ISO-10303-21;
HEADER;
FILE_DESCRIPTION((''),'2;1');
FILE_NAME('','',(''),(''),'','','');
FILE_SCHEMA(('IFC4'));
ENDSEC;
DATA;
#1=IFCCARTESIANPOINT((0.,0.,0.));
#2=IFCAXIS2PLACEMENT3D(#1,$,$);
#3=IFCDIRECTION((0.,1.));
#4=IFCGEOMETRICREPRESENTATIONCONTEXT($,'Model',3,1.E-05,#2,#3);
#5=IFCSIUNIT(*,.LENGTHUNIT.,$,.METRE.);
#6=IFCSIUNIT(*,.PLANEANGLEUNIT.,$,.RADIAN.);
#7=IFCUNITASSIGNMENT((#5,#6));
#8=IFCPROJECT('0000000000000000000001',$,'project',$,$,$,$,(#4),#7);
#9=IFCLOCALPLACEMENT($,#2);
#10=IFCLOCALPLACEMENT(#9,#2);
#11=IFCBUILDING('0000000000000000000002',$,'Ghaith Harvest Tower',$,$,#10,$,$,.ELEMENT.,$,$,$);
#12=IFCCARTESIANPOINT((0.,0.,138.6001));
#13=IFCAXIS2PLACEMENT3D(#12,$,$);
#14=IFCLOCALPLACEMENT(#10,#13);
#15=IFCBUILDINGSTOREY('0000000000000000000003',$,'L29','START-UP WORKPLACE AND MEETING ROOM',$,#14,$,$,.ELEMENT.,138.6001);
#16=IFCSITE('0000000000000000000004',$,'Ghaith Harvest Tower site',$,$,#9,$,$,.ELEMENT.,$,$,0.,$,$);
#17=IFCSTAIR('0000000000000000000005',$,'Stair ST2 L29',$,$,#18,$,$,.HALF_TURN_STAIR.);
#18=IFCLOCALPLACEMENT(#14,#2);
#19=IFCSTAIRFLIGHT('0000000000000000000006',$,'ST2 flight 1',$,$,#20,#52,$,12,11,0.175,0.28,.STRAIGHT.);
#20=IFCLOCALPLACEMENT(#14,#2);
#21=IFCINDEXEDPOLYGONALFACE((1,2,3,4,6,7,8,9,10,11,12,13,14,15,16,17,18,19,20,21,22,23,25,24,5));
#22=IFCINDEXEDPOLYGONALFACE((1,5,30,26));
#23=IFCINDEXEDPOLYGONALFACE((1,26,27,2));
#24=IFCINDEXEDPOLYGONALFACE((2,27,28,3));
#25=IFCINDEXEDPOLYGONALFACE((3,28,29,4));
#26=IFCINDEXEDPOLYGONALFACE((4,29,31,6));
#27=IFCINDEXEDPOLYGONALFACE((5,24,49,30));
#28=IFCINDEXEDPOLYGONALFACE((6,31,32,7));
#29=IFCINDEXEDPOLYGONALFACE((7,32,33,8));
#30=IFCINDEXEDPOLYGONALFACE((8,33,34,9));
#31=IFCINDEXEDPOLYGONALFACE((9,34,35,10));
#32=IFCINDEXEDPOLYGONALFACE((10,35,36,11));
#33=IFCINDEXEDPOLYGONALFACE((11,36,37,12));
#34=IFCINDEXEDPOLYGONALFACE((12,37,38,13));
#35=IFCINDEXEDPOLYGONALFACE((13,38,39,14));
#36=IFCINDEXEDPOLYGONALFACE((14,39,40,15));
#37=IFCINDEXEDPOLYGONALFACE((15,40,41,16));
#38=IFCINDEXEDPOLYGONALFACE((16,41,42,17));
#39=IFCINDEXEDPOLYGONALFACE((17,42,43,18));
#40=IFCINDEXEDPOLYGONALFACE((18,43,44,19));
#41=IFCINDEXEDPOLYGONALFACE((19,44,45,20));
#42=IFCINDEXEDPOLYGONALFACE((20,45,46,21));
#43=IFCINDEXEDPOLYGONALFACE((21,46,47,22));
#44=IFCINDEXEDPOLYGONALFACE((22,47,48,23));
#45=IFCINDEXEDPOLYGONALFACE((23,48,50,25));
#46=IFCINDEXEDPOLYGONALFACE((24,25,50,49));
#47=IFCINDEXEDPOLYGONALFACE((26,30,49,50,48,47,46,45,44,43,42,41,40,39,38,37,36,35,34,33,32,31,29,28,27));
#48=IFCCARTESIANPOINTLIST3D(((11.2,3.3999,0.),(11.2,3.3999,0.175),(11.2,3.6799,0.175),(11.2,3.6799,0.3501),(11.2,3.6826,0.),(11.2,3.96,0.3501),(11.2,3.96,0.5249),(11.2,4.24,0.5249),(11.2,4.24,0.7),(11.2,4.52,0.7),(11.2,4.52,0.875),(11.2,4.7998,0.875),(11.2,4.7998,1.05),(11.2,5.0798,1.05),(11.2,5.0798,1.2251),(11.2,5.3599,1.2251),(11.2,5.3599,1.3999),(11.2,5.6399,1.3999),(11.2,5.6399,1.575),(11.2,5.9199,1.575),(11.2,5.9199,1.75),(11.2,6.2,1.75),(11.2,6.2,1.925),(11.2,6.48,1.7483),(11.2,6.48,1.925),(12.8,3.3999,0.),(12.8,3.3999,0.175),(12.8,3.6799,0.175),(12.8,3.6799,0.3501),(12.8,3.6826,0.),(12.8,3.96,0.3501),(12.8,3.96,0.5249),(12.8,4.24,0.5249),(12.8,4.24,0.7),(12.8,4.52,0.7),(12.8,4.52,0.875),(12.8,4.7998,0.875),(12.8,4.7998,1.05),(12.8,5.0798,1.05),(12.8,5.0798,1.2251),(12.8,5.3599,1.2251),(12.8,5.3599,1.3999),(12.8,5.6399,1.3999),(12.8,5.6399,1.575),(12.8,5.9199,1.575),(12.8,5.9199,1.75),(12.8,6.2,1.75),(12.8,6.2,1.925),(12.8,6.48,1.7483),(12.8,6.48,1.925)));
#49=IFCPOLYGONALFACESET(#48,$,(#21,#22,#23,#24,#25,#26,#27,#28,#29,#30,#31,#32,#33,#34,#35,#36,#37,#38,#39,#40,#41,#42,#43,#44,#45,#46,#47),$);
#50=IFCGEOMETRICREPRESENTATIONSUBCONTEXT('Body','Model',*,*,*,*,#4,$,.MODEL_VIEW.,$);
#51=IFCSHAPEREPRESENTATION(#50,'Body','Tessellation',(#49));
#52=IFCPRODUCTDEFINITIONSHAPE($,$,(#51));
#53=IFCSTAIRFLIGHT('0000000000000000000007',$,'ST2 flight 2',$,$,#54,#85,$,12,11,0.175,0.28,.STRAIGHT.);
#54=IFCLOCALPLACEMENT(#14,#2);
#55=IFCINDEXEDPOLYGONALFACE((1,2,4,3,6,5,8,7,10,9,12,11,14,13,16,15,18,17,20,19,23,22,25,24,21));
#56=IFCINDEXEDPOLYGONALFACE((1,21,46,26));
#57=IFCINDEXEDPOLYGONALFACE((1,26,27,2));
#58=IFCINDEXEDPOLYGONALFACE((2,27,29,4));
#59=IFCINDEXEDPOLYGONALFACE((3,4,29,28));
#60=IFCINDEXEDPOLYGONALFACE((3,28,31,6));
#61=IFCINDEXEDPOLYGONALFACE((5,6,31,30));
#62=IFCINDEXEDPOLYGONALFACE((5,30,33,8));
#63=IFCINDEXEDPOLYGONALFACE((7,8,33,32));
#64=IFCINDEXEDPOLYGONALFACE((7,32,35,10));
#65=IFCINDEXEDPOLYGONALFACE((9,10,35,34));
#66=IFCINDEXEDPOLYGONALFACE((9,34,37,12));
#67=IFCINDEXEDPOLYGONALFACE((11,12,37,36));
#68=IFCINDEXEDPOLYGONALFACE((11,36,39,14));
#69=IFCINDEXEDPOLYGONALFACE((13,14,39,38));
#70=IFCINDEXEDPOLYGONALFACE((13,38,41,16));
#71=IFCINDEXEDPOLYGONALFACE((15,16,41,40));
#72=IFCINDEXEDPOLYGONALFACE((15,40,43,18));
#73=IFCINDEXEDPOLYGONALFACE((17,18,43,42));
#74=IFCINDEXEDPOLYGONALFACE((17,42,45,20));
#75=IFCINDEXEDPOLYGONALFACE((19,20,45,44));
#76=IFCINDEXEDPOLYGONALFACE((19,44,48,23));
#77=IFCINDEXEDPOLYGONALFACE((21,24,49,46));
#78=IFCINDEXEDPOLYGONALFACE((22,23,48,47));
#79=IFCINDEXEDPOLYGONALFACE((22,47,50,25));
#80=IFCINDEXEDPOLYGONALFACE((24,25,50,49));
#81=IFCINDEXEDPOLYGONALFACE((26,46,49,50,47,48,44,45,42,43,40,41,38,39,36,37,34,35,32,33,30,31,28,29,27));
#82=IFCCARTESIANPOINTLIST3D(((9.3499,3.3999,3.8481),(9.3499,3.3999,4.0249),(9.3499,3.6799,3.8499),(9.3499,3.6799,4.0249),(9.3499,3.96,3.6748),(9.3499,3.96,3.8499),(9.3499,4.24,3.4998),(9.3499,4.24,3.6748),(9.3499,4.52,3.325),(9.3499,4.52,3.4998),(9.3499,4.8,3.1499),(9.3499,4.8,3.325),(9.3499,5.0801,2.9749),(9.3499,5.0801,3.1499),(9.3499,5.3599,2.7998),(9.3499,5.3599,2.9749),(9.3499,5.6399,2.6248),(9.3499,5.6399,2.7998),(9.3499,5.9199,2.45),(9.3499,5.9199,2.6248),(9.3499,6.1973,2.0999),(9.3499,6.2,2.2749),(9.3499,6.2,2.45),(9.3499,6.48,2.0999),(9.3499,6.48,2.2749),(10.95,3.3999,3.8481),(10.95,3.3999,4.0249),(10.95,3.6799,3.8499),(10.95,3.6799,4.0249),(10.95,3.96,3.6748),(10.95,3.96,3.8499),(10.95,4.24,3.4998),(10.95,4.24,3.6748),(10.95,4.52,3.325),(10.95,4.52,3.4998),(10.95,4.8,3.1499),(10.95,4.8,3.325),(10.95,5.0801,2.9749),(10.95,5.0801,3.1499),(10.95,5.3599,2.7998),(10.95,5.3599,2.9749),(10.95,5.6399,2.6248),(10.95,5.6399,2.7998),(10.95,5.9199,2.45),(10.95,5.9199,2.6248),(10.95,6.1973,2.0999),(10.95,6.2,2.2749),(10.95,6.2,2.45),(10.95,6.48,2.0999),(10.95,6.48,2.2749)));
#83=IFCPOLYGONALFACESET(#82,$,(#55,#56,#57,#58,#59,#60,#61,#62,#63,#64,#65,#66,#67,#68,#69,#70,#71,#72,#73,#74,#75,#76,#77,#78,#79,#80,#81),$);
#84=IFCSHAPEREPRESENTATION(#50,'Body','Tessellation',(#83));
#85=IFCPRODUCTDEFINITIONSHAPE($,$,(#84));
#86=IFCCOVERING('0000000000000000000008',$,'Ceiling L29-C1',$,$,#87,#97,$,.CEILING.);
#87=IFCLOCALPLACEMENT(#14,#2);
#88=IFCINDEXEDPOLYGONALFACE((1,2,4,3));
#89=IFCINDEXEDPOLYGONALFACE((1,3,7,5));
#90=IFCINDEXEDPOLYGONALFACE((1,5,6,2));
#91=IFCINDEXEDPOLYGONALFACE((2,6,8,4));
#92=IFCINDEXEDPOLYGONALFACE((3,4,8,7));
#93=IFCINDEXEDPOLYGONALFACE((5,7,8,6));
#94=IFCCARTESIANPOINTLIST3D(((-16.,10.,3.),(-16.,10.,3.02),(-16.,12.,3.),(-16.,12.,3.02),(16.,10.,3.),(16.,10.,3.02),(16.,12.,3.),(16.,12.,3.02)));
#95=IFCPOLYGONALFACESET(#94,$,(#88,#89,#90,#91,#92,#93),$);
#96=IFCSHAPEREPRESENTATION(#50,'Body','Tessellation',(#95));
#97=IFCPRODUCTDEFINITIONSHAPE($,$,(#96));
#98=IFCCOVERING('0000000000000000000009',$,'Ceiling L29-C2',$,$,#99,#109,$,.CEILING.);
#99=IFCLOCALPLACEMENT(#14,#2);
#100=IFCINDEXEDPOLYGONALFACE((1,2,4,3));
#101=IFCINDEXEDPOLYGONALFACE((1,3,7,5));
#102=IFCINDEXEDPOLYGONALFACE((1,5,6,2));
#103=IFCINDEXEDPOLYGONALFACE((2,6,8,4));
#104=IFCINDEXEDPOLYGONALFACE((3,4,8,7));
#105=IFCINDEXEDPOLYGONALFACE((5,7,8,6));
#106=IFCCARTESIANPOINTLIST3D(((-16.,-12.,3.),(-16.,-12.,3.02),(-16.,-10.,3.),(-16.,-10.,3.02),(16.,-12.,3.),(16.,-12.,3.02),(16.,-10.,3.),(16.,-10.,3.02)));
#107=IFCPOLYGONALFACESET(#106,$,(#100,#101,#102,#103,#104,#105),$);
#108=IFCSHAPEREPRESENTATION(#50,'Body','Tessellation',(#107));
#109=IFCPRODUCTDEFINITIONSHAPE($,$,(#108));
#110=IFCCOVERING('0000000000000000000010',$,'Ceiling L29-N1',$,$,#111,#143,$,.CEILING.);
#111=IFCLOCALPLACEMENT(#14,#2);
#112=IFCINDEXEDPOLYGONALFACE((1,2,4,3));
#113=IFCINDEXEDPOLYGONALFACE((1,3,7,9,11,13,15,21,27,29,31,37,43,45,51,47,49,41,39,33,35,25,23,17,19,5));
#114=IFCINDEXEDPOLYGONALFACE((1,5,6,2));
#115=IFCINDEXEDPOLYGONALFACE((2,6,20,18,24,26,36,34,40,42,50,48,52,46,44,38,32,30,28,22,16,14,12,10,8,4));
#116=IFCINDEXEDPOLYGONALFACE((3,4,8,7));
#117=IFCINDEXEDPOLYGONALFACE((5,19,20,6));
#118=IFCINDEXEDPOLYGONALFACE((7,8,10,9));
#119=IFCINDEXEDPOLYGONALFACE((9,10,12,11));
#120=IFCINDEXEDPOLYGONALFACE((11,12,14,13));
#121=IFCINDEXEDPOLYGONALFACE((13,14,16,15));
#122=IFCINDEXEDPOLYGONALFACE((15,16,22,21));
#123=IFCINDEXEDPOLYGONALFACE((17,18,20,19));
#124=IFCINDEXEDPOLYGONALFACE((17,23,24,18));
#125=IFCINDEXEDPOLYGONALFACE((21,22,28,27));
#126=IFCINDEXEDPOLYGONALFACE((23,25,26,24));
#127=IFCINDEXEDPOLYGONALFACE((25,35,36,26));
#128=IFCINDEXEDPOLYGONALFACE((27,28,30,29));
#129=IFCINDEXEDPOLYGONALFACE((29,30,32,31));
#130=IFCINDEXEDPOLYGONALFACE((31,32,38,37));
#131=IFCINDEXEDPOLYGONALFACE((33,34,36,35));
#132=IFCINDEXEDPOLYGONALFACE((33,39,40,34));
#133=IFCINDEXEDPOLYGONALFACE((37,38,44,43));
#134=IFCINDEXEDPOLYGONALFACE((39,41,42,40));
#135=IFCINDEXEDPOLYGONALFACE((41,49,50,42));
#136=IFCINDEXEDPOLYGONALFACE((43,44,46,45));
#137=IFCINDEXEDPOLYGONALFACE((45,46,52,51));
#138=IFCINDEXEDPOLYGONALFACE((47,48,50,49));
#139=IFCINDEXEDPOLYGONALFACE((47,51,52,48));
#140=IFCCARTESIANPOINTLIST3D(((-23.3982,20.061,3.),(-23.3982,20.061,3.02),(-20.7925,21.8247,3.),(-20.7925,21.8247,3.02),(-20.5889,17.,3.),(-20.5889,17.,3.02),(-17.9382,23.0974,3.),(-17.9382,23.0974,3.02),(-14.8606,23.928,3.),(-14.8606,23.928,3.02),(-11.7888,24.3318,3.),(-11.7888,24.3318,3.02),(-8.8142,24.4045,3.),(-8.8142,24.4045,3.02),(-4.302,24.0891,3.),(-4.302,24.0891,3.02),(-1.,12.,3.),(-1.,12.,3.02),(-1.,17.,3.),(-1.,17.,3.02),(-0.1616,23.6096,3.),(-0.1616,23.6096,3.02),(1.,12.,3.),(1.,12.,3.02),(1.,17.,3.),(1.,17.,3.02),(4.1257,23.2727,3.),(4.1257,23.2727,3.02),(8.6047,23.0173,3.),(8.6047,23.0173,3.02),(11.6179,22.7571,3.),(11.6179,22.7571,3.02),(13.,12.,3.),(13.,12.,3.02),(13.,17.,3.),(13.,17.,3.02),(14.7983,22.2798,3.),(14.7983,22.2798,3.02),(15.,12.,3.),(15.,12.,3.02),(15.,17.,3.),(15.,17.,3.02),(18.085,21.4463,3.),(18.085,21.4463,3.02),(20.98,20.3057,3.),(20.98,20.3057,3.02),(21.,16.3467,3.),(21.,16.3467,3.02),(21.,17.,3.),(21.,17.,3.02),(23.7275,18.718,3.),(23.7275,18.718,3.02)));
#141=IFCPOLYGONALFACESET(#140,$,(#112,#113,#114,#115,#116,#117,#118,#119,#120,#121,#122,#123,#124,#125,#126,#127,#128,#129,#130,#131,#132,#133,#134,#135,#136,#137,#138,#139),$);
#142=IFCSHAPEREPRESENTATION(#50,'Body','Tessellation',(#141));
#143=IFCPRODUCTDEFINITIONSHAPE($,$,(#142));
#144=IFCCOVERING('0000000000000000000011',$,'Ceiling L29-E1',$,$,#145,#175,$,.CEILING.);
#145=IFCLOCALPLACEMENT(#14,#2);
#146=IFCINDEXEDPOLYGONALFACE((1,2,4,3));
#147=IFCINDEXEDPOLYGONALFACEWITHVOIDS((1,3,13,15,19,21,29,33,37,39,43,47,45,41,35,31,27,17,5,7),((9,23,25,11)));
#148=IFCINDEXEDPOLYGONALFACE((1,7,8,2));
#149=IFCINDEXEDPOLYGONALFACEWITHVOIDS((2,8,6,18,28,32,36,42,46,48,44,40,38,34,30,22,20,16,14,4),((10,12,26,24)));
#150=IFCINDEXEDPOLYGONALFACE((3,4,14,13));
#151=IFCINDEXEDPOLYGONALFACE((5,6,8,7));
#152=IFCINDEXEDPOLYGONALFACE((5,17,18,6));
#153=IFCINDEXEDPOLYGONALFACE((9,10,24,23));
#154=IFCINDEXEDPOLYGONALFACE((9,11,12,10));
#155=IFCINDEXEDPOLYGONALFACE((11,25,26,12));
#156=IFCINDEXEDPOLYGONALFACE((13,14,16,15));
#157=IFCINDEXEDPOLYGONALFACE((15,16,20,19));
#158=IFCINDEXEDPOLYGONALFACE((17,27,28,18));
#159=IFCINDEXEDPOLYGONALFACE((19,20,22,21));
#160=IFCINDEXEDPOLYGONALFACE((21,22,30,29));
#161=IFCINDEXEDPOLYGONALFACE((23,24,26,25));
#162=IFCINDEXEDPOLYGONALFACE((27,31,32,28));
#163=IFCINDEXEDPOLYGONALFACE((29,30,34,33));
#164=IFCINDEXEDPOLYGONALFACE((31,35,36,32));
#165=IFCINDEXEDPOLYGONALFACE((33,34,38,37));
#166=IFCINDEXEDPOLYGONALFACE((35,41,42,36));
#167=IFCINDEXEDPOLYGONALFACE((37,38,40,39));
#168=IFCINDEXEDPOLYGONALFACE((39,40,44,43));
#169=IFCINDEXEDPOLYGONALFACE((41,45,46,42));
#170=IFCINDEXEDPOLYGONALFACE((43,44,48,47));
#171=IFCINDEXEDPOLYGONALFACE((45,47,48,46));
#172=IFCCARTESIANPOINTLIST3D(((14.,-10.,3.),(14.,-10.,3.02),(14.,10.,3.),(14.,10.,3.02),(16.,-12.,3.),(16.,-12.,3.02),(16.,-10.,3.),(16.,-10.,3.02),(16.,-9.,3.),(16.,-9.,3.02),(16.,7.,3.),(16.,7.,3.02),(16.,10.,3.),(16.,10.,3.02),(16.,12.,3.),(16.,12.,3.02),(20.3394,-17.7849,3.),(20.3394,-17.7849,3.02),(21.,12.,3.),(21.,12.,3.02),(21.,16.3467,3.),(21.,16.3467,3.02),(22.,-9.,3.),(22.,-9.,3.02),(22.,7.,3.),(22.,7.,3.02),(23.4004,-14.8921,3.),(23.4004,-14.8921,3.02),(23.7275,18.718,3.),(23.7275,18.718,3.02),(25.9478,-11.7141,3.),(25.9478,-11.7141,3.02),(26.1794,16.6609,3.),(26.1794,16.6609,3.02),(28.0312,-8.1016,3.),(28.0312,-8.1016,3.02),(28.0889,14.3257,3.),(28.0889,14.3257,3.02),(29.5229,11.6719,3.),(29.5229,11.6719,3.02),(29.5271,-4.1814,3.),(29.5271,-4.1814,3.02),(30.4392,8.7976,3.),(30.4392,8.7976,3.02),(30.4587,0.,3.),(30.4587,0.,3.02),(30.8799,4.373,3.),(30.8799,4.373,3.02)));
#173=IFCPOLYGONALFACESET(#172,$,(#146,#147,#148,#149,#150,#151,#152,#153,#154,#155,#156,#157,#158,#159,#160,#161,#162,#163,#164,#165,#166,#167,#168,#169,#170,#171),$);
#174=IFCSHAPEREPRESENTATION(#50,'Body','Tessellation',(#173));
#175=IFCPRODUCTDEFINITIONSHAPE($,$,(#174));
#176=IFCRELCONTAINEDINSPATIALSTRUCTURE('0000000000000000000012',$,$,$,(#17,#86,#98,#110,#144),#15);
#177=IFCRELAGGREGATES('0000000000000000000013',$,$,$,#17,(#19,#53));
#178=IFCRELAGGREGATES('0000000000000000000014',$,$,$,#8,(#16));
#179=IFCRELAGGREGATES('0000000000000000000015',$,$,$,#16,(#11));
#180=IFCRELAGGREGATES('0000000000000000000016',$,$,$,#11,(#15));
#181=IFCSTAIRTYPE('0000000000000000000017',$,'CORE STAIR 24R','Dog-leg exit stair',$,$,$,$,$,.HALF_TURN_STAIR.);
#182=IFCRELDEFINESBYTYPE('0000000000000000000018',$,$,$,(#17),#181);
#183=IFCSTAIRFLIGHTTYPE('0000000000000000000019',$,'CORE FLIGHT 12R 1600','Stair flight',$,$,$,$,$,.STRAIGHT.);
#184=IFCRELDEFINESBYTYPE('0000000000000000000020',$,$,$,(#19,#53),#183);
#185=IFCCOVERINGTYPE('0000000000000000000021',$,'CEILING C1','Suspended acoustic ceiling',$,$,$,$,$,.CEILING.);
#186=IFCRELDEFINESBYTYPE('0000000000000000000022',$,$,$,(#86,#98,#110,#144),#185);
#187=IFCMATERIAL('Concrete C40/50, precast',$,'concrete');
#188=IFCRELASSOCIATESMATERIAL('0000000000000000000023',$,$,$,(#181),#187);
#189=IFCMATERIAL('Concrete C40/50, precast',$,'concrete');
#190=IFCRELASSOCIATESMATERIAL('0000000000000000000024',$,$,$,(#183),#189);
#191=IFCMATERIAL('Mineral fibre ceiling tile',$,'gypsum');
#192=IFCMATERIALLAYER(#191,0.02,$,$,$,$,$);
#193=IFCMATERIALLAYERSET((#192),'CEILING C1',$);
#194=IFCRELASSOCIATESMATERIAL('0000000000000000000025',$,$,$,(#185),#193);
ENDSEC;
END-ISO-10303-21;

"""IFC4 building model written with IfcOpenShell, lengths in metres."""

from ifc_helpers import new_model, si_unit, direction, frame, origin, place, context, subcontext, project, spatial, polyline, outline, extrude, material, layer, layer_set, type_object, element, aggregate, save


model = new_model("IFC4")

# Units and contexts
model_context = context("Model", 3, precision=1e-05, world=origin(), true_north=direction((0.0, 1.0)))
body_context = subcontext(model_context, "Body", "Model", "MODEL_VIEW")
ifc_project = project(units=[si_unit("LENGTHUNIT", "METRE"), si_unit("PLANEANGLEUNIT", "RADIAN")], contexts=[model_context])

# Site, building, storey
site_placement = place(None, origin())
site = spatial("IfcSite", under=ifc_project, at=site_placement, Name="Ghaith Harvest Tower site", CompositionType="ELEMENT", RefElevation=0.0)
building_placement = place(site_placement, origin())
building = spatial("IfcBuilding", under=site, at=building_placement, Name="Ghaith Harvest Tower", CompositionType="ELEMENT")
storey_placement = place(building_placement, frame((0.0, 0.0, 138.6001)))
storey = spatial("IfcBuildingStorey", under=building, at=storey_placement, Name="L29", Description="START-UP WORKPLACE AND MEETING ROOM", CompositionType="ELEMENT", Elevation=138.6001)

# Stair, stair flights
ifc_material_1 = material(Name="Concrete C40/50, precast", Category="concrete")
stair_type = type_object("IfcStairType", Name="CORE STAIR 24R", Description="Dog-leg exit stair", PredefinedType="HALF_TURN_STAIR", material=ifc_material_1)
stair_placement = place(storey_placement, origin())
stair = element("IfcStair", 1, at=stair_placement, inside=storey, type_object=stair_type, Name="Stair ST2 L29", PredefinedType="HALF_TURN_STAIR")
ifc_material_2 = material(Name="Concrete C40/50, precast", Category="concrete")
stair_flight_type = type_object("IfcStairFlightType", Name="CORE FLIGHT 12R 1600", Description="Stair flight", PredefinedType="STRAIGHT", material=ifc_material_2)
stair_flight_1_placement = place(storey_placement, frame((12.0, 3.3999, 0.0), z_axis=(0.0, 0.0, 1.0), x_axis=(0.0, 1.0, 0.0)))
stair_flight_1 = element("IfcStairFlight", 2, at=stair_flight_1_placement, type_object=stair_flight_type, Name="ST2 flight 1", NumberOfRisers=12, NumberOfTreads=11, PredefinedType="STRAIGHT", RiserHeight=0.175, TreadLength=0.28, context=body_context, shape_type="SweptSolid", body=[
    extrude(outline(polyline([(0.0, 0.0), (0.0, 0.175), (0.28, 0.175), (0.28, 0.3501), (0.5601, 0.3501), (0.5601, 0.5249), (0.8401, 0.5249), (0.8401, 0.7), (1.1201, 0.7), (1.1201, 0.875), (1.3999, 0.875), (1.3999, 1.05), (1.6799, 1.05), (1.6799, 1.2251), (1.96, 1.2251), (1.96, 1.3999), (2.24, 1.3999), (2.24, 1.575), (2.52, 1.575), (2.52, 1.75), (2.8, 1.75), (2.8, 1.925), (3.0801, 1.925), (3.0801, 2.1001), (3.0801, 1.7483), (0.2827, 0.0), (0.0, 0.0)])), frame((0.0, 0.8, 0.0), z_axis=(0.0, -1.0, 0.0), x_axis=(1.0, 0.0, 0.0)), (0.0, 0.0, 1.0), 1.6001),
])
stair_flight_2_placement = place(storey_placement, frame((10.1499, 6.48, 2.0999), z_axis=(0.0, 0.0, 1.0), x_axis=(0.0, -1.0, 0.0)))
stair_flight_2 = element("IfcStairFlight", 3, at=stair_flight_2_placement, type_object=stair_flight_type, Name="ST2 flight 2", NumberOfRisers=12, NumberOfTreads=11, PredefinedType="STRAIGHT", RiserHeight=0.175, TreadLength=0.28, context=body_context, shape_type="SweptSolid", body=[
    extrude(outline(polyline([(0.0, 0.0), (0.0, 0.175), (0.28, 0.175), (0.28, 0.3501), (0.5601, 0.3501), (0.5601, 0.5249), (0.8401, 0.5249), (0.8401, 0.7), (1.1201, 0.7), (1.1201, 0.875), (1.3999, 0.875), (1.3999, 1.05), (1.6799, 1.05), (1.6799, 1.2251), (1.96, 1.2251), (1.96, 1.3999), (2.24, 1.3999), (2.24, 1.575), (2.52, 1.575), (2.52, 1.75), (2.8, 1.75), (2.8, 1.925), (3.0801, 1.925), (3.0801, 2.1001), (3.0801, 1.7483), (0.2827, 0.0), (0.0, 0.0)])), frame((0.0, 0.8, 0.0), z_axis=(0.0, -1.0, 0.0), x_axis=(1.0, 0.0, 0.0)), (0.0, 0.0, 1.0), 1.6001),
])
aggregate(stair, [stair_flight_1, stair_flight_2])

# Coverings
ifc_material_3 = material(Name="Mineral fibre ceiling tile", Category="gypsum")
ifc_layer_1 = layer(ifc_material_3, 0.02)
ifc_layer_set_1 = layer_set([ifc_layer_1], Name="CEILING C1")
covering_type = type_object("IfcCoveringType", Name="CEILING C1", Description="Suspended acoustic ceiling", PredefinedType="CEILING", material=ifc_layer_set_1)
covering_1_placement = place(storey_placement, frame((0.0, 0.0, 3.0)))
element("IfcCovering", 4, at=covering_1_placement, inside=storey, type_object=covering_type, Name="Ceiling L29-C1", PredefinedType="CEILING", context=body_context, shape_type="SweptSolid", body=[
    extrude(outline(polyline([(16.0, 10.0), (-16.0, 10.0), (-16.0, 12.0), (16.0, 12.0), (16.0, 10.0)])), origin(), (0.0, 0.0, 1.0), 0.02),
])
covering_2_placement = place(storey_placement, frame((0.0, 0.0, 3.0)))
element("IfcCovering", 5, at=covering_2_placement, inside=storey, type_object=covering_type, Name="Ceiling L29-C2", PredefinedType="CEILING", context=body_context, shape_type="SweptSolid", body=[
    extrude(outline(polyline([(-16.0, -10.0), (16.0, -10.0), (16.0, -12.0), (-16.0, -12.0), (-16.0, -10.0)])), origin(), (0.0, 0.0, 1.0), 0.02),
])
covering_3_placement = place(storey_placement, frame((0.0, 0.0, 3.0)))
element("IfcCovering", 6, at=covering_3_placement, inside=storey, type_object=covering_type, Name="Ceiling L29-N1", PredefinedType="CEILING", context=body_context, shape_type="SweptSolid", body=[
    extrude(outline(polyline([(-20.7925, 21.8247), (-17.9382, 23.0974), (-14.8606, 23.928), (-11.7888, 24.3318), (-8.8142, 24.4045), (-4.302, 24.0891), (-0.1616, 23.6096), (4.1257, 23.2727), (8.6047, 23.0173), (11.6179, 22.7571), (14.7983, 22.2798), (18.085, 21.4463), (20.98, 20.3057), (23.7275, 18.718), (21.0, 16.3467), (21.0, 17.0), (15.0, 17.0), (15.0, 12.0), (13.0, 12.0), (13.0, 17.0), (1.0, 17.0), (1.0, 12.0), (-1.0, 12.0), (-1.0, 17.0), (-20.5889, 17.0), (-23.3982, 20.061), (-20.7925, 21.8247)])), origin(), (0.0, 0.0, 1.0), 0.02),
])
covering_4_placement = place(storey_placement, frame((0.0, 0.0, 3.0)))
element("IfcCovering", 7, at=covering_4_placement, inside=storey, type_object=covering_type, Name="Ceiling L29-E1", PredefinedType="CEILING", context=body_context, shape_type="SweptSolid", body=[
    extrude(outline(polyline([(26.1794, 16.6609), (28.0889, 14.3257), (29.5229, 11.6719), (30.4392, 8.7976), (30.8799, 4.373), (30.4587, 0.0), (29.5271, -4.1814), (28.0312, -8.1016), (25.9478, -11.7141), (23.4004, -14.8921), (20.3394, -17.7849), (16.0, -12.0), (16.0, -10.0), (14.0, -10.0), (14.0, 10.0), (16.0, 10.0), (16.0, 12.0), (21.0, 12.0), (21.0, 16.3467), (23.7275, 18.718), (26.1794, 16.6609)]), holes=[polyline([(16.0, 7.0), (16.0, -9.0), (22.0, -9.0), (22.0, 7.0), (16.0, 7.0)])]), origin(), (0.0, 0.0, 1.0), 0.02),
])

save(model, "model.ifc")
